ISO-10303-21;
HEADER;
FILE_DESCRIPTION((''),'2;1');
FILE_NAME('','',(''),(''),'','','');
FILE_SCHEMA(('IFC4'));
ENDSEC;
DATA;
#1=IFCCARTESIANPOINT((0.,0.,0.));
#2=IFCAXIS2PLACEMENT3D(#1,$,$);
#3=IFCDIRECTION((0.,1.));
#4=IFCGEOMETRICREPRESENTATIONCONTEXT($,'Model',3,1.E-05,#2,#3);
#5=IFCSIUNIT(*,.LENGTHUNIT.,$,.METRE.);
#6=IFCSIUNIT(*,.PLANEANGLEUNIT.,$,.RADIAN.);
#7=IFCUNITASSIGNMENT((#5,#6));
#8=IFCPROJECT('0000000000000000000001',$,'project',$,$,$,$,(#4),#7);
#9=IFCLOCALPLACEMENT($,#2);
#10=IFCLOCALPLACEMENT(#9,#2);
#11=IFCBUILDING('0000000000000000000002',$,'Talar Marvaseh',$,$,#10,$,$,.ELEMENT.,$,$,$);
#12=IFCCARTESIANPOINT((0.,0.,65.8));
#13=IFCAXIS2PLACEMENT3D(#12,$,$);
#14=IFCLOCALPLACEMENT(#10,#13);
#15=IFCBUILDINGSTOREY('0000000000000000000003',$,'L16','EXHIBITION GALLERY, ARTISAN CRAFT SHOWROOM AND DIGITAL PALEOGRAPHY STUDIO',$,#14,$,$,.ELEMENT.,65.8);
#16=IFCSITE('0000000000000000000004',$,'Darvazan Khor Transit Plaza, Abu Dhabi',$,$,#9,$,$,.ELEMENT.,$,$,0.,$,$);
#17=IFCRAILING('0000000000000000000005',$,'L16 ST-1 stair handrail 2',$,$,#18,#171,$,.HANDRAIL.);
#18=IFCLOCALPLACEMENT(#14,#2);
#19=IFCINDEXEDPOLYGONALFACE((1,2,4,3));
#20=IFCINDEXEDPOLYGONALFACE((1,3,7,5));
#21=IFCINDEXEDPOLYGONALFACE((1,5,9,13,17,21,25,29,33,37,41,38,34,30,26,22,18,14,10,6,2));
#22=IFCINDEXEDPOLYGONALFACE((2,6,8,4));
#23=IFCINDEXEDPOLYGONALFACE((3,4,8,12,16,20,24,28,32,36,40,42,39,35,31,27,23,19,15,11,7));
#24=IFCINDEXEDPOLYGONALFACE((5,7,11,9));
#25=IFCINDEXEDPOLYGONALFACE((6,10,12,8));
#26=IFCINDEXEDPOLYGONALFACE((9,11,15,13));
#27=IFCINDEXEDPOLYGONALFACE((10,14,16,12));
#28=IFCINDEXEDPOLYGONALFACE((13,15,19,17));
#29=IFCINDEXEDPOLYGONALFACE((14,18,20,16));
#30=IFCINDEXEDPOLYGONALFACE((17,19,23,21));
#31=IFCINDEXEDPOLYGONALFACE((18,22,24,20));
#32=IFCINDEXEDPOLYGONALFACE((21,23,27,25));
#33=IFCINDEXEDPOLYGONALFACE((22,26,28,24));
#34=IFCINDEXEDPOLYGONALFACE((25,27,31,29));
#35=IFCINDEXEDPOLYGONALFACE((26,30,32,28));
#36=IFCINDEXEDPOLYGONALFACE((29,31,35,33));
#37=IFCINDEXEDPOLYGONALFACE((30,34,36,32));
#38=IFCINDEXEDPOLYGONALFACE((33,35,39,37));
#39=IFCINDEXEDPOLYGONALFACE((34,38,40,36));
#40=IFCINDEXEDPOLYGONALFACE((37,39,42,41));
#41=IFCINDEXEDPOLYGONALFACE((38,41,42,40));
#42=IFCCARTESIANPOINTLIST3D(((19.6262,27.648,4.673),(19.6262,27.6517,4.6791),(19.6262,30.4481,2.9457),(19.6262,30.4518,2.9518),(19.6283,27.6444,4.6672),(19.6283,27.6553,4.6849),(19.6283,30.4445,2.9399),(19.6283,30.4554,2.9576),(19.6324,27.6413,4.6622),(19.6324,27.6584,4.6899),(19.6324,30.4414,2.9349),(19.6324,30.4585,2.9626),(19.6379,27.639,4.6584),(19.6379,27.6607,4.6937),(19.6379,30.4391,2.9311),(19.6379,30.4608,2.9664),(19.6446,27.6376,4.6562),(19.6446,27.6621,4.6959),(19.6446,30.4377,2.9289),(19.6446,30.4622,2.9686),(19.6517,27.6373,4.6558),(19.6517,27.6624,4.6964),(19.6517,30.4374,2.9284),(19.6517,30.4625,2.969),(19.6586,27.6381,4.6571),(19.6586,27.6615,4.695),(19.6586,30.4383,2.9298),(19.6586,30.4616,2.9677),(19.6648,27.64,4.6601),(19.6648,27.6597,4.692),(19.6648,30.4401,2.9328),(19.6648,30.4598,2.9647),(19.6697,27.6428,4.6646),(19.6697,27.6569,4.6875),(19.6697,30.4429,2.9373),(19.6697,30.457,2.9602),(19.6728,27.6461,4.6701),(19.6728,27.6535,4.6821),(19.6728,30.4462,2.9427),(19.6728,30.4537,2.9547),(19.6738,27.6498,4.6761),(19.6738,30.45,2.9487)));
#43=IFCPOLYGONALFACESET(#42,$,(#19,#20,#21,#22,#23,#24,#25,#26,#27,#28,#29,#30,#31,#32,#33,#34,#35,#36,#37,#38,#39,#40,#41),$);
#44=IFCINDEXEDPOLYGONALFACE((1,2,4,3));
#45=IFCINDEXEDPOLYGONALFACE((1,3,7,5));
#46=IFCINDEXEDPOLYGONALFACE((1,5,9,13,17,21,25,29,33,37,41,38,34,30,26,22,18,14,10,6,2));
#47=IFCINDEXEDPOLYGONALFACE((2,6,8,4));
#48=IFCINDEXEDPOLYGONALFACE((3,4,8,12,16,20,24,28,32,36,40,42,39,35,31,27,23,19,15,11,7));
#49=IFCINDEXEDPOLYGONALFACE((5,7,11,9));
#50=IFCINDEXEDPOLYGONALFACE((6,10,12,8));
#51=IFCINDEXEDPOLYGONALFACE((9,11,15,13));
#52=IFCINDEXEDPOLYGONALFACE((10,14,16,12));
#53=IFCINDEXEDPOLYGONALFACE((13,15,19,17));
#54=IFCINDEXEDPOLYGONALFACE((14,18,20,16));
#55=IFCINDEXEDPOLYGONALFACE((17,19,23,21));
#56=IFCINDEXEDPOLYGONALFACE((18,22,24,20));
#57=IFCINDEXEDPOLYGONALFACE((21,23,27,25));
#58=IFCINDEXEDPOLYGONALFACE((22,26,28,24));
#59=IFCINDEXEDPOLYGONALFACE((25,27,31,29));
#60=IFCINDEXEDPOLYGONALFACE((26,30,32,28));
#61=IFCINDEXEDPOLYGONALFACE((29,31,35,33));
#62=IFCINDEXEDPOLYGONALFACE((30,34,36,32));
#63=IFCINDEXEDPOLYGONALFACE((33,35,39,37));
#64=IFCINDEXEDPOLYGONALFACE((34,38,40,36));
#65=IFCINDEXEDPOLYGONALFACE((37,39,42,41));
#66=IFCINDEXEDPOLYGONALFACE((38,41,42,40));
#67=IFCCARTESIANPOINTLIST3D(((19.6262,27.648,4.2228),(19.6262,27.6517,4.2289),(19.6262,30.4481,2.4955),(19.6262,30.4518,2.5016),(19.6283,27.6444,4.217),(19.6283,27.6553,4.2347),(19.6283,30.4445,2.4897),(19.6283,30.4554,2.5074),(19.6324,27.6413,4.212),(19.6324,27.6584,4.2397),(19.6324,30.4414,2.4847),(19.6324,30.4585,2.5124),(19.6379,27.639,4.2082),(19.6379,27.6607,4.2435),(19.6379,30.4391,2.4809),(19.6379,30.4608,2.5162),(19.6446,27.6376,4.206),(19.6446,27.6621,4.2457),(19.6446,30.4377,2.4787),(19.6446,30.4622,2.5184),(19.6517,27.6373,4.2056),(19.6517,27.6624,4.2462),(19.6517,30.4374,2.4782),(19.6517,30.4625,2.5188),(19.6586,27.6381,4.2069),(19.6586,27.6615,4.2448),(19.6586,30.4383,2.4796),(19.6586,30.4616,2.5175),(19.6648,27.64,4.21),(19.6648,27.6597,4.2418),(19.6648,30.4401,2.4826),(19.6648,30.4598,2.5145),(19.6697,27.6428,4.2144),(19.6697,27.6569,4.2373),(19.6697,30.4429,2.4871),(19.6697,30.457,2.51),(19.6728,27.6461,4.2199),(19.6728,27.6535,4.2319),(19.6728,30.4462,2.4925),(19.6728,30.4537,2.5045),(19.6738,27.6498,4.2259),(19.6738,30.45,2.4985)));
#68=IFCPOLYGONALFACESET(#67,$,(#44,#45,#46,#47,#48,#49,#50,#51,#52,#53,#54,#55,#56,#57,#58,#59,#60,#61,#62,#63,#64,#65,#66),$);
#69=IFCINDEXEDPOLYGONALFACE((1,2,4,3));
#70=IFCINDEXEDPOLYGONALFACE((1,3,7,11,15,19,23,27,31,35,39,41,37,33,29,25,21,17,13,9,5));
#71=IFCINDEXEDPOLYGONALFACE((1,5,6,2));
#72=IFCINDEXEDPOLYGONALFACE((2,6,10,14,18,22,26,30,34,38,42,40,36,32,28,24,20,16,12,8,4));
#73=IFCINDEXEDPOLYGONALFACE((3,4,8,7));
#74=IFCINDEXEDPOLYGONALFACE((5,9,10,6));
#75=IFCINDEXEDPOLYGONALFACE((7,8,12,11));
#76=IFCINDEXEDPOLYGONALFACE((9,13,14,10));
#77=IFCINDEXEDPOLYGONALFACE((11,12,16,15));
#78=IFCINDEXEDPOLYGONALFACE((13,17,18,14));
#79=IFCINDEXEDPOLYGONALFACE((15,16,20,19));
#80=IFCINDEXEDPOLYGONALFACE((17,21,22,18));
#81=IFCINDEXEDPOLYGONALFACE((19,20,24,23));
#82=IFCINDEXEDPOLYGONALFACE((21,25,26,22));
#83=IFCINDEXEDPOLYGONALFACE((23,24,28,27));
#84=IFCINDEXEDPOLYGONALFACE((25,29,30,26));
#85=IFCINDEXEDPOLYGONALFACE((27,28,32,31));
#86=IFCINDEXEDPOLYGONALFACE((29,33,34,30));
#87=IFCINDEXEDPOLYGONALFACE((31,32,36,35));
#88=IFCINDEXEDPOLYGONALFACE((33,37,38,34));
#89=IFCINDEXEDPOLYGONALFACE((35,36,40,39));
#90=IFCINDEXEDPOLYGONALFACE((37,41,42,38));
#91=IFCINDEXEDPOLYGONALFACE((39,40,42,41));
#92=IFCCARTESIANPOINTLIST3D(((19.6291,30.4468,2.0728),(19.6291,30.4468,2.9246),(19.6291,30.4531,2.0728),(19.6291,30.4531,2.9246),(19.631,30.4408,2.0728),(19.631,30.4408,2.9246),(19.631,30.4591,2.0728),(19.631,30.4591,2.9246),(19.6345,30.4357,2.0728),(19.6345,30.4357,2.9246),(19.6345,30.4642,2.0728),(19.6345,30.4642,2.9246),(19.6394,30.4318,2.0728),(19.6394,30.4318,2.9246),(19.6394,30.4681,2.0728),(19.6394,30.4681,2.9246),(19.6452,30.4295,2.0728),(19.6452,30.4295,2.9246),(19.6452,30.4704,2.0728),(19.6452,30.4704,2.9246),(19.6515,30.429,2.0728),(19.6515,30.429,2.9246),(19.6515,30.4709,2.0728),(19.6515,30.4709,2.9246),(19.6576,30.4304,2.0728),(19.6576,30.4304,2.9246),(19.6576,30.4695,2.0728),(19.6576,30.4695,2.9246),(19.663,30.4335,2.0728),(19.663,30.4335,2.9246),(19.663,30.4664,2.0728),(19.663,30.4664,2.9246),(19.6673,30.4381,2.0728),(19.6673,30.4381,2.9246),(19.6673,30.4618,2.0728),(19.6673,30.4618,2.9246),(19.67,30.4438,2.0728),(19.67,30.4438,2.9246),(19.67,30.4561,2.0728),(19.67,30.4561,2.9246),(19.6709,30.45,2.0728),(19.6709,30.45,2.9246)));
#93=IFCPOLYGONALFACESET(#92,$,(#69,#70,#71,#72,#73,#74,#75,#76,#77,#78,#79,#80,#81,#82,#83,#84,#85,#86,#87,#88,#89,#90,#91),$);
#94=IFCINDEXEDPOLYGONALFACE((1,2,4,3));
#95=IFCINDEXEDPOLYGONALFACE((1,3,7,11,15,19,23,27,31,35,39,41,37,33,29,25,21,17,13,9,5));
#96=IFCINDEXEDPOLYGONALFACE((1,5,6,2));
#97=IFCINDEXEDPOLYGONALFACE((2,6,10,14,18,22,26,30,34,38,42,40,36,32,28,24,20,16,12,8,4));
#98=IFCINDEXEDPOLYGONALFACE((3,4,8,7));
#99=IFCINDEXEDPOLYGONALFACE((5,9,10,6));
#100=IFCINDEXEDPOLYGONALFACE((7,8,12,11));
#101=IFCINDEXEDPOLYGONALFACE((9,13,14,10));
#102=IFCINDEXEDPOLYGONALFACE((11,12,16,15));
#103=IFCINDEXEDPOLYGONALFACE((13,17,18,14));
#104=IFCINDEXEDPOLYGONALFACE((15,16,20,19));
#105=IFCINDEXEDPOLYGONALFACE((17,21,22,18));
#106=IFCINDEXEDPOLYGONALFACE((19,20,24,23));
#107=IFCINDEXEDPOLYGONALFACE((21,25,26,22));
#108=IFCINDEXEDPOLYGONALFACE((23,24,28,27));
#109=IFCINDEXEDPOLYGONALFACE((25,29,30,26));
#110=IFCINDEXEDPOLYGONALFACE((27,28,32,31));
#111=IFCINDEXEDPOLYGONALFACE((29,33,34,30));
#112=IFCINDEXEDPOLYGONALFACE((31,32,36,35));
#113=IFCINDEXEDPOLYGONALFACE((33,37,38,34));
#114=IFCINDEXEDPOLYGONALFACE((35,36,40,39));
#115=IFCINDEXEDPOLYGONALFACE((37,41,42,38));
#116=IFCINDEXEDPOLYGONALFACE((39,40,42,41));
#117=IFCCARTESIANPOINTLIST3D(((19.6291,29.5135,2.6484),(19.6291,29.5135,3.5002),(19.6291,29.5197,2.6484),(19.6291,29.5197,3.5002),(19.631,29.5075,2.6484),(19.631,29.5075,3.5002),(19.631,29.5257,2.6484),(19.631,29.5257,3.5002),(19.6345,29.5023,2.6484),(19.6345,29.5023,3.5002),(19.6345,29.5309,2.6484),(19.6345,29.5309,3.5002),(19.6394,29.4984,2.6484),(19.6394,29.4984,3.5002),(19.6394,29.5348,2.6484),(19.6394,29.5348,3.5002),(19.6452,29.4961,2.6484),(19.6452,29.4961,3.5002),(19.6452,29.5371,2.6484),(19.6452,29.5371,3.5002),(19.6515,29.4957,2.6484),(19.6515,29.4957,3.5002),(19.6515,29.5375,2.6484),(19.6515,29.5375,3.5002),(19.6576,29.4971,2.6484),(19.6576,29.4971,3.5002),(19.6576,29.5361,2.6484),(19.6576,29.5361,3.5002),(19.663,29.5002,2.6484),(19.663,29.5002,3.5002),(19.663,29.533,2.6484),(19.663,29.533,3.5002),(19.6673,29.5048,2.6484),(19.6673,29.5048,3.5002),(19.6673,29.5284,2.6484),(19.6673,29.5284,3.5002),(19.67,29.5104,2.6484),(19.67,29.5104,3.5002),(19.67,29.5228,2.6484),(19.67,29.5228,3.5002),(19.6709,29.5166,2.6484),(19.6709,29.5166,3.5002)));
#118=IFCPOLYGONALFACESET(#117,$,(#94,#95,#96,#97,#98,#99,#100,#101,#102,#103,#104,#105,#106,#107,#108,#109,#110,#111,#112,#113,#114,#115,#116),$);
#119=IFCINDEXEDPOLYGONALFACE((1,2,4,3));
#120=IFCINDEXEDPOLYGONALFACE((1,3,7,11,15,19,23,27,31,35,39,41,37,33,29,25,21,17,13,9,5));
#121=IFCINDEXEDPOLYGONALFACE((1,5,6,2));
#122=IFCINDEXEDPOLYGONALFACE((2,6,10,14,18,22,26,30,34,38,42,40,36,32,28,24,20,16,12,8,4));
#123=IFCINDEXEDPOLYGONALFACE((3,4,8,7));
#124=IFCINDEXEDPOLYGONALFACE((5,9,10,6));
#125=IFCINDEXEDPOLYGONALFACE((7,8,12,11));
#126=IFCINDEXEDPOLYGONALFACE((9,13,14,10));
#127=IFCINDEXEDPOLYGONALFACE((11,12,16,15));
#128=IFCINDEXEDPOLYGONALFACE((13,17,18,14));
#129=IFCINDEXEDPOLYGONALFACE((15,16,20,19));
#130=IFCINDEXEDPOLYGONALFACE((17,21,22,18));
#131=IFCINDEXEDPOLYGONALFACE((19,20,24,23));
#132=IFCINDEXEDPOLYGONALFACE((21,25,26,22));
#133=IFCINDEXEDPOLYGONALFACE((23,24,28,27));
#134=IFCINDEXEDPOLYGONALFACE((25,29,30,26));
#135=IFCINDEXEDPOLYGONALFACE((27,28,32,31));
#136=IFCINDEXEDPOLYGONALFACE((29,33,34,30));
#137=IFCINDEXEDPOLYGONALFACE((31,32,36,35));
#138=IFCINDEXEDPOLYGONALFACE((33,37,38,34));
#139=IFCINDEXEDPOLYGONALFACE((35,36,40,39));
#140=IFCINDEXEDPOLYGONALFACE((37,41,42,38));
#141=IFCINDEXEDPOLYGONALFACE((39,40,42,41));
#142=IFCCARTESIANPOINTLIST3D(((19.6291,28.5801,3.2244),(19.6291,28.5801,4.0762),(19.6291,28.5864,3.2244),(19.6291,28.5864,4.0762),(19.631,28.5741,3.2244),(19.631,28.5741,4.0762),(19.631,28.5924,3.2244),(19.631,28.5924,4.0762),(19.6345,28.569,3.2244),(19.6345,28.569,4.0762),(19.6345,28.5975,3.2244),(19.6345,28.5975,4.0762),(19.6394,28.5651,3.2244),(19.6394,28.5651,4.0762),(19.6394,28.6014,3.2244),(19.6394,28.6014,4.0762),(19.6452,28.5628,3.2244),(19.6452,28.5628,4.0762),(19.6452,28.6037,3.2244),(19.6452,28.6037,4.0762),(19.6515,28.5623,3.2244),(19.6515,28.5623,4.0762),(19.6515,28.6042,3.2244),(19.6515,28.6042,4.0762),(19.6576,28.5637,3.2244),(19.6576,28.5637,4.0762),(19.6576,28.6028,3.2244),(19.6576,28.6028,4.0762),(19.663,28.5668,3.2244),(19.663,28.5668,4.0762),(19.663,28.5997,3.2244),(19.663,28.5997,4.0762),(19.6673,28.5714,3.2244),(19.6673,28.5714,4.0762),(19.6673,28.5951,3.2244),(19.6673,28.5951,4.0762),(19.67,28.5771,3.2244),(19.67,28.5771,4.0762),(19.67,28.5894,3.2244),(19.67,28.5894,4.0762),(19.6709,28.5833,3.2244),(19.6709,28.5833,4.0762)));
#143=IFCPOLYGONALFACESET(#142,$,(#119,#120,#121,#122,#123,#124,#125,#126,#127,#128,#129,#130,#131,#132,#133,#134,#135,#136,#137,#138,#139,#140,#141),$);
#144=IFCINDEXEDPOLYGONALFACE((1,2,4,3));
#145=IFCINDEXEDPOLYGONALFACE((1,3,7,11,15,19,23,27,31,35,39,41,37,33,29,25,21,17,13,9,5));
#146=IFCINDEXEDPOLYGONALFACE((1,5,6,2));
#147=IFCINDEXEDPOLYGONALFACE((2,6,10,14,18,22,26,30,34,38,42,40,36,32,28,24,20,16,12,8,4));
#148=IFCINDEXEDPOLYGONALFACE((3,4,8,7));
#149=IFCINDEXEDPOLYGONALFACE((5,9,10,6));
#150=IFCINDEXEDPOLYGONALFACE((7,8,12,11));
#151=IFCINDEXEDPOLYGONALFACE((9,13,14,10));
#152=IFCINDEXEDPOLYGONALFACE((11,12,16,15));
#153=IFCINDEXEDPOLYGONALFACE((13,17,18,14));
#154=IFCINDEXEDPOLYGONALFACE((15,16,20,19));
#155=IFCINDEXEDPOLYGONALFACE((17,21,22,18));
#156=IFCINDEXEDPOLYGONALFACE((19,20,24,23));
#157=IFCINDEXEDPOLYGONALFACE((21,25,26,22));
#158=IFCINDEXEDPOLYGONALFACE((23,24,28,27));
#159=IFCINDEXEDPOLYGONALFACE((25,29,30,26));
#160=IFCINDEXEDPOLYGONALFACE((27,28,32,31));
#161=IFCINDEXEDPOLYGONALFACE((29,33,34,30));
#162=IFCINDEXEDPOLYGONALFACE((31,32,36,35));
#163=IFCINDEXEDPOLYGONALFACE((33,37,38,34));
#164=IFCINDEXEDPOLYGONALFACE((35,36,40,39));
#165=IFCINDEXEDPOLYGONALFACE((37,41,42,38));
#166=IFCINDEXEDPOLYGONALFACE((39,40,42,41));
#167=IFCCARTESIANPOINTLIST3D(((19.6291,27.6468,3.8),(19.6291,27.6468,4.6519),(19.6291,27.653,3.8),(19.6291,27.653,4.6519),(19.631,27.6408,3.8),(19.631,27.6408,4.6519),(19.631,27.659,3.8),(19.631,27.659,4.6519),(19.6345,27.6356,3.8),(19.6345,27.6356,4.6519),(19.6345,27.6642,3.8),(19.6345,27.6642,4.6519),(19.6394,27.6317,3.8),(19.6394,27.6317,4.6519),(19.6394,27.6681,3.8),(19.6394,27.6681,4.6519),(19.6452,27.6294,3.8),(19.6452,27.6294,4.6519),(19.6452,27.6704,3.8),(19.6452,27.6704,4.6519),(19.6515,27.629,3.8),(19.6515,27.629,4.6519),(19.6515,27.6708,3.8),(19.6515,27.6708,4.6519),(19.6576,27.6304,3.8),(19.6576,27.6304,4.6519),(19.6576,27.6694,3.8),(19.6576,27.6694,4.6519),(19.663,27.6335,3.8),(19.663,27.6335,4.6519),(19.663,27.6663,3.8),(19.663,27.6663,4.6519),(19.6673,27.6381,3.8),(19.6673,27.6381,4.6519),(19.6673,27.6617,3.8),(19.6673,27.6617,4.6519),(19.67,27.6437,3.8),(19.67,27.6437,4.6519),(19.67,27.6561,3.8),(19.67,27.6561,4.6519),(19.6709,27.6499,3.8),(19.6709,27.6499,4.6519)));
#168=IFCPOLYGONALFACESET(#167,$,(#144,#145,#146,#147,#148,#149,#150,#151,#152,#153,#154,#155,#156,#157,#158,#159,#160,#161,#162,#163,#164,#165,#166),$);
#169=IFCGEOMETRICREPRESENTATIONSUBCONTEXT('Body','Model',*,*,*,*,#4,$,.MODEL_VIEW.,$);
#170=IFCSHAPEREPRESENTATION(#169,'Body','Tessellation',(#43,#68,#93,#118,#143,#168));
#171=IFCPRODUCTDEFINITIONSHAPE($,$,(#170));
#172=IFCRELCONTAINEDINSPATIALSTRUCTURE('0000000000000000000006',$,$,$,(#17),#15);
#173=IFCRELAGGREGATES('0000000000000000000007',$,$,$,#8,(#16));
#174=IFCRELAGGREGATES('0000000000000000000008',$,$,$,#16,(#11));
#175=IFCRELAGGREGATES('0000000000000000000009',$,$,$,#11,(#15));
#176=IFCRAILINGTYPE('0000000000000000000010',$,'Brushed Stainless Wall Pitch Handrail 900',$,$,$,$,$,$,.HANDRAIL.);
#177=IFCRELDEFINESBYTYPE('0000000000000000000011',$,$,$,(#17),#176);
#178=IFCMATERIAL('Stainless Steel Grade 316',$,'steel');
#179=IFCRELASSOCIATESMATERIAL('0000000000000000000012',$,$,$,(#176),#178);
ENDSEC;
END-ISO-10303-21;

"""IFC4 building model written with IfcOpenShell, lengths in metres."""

from ifc_helpers import new_model, si_unit, direction, frame, origin, origin_2d, place, context, subcontext, project, spatial, circle, extrude, material, type_object, element, save


model = new_model("IFC4")

# Units and contexts
model_context = context("Model", 3, precision=1e-05, world=origin(), true_north=direction((0.0, 1.0)))
body_context = subcontext(model_context, "Body", "Model", "MODEL_VIEW")
ifc_project = project(units=[si_unit("LENGTHUNIT", "METRE"), si_unit("PLANEANGLEUNIT", "RADIAN")], contexts=[model_context])

# Site, building, storey
site_placement = place(None, origin())
site = spatial("IfcSite", under=ifc_project, at=site_placement, Name="Darvazan Khor Transit Plaza, Abu Dhabi", CompositionType="ELEMENT", RefElevation=0.0)
building_placement = place(site_placement, origin())
building = spatial("IfcBuilding", under=site, at=building_placement, Name="Talar Marvaseh", CompositionType="ELEMENT")
storey_placement = place(building_placement, frame((0.0, 0.0, 65.8)))
storey = spatial("IfcBuildingStorey", under=building, at=storey_placement, Name="L16", Description="EXHIBITION GALLERY, ARTISAN CRAFT SHOWROOM AND DIGITAL PALEOGRAPHY STUDIO", CompositionType="ELEMENT", Elevation=65.8)

# Railing
ifc_material_1 = material(Name="Stainless Steel Grade 316", Category="steel")
railing_type_1 = type_object("IfcRailingType", Name="Brushed Stainless Wall Pitch Handrail 900", PredefinedType="HANDRAIL", material=ifc_material_1)
railing_1_placement = place(storey_placement, frame((19.6499, 30.45, 2.0728)))
element("IfcRailing", 1, at=railing_1_placement, inside=storey, type_object=railing_type_1, Name="L16 ST-1 stair handrail 2", PredefinedType="HANDRAIL", context=body_context, shape_type="SweptSolid", body=[
    extrude(circle(Radius=0.0239, at=origin_2d()), frame((0.0, 0.0, 0.876), z_axis=(0.0, -0.85109, 0.52502), x_axis=(1.0, 0.0, 0.0)), (0.0, 0.0, 1.0), 3.29),
    extrude(circle(Radius=0.0239, at=origin_2d()), frame((0.0, 0.0, 0.4258), z_axis=(0.0, -0.85109, 0.52502), x_axis=(1.0, 0.0, 0.0)), (0.0, 0.0, 1.0), 3.29),
    extrude(circle(Radius=0.021, at=origin_2d()), origin(), (0.0, 0.0, 1.0), 0.8518),
    extrude(circle(Radius=0.021, at=origin_2d()), frame((0.0, -0.9333, 0.5757)), (0.0, 0.0, 1.0), 0.8518),
    extrude(circle(Radius=0.021, at=origin_2d()), frame((0.0, -1.8667, 1.1516)), (0.0, 0.0, 1.0), 0.8518),
    extrude(circle(Radius=0.021, at=origin_2d()), frame((0.0, -2.8, 1.7273)), (0.0, 0.0, 1.0), 0.8518),
])

save(model, "model.ifc")
